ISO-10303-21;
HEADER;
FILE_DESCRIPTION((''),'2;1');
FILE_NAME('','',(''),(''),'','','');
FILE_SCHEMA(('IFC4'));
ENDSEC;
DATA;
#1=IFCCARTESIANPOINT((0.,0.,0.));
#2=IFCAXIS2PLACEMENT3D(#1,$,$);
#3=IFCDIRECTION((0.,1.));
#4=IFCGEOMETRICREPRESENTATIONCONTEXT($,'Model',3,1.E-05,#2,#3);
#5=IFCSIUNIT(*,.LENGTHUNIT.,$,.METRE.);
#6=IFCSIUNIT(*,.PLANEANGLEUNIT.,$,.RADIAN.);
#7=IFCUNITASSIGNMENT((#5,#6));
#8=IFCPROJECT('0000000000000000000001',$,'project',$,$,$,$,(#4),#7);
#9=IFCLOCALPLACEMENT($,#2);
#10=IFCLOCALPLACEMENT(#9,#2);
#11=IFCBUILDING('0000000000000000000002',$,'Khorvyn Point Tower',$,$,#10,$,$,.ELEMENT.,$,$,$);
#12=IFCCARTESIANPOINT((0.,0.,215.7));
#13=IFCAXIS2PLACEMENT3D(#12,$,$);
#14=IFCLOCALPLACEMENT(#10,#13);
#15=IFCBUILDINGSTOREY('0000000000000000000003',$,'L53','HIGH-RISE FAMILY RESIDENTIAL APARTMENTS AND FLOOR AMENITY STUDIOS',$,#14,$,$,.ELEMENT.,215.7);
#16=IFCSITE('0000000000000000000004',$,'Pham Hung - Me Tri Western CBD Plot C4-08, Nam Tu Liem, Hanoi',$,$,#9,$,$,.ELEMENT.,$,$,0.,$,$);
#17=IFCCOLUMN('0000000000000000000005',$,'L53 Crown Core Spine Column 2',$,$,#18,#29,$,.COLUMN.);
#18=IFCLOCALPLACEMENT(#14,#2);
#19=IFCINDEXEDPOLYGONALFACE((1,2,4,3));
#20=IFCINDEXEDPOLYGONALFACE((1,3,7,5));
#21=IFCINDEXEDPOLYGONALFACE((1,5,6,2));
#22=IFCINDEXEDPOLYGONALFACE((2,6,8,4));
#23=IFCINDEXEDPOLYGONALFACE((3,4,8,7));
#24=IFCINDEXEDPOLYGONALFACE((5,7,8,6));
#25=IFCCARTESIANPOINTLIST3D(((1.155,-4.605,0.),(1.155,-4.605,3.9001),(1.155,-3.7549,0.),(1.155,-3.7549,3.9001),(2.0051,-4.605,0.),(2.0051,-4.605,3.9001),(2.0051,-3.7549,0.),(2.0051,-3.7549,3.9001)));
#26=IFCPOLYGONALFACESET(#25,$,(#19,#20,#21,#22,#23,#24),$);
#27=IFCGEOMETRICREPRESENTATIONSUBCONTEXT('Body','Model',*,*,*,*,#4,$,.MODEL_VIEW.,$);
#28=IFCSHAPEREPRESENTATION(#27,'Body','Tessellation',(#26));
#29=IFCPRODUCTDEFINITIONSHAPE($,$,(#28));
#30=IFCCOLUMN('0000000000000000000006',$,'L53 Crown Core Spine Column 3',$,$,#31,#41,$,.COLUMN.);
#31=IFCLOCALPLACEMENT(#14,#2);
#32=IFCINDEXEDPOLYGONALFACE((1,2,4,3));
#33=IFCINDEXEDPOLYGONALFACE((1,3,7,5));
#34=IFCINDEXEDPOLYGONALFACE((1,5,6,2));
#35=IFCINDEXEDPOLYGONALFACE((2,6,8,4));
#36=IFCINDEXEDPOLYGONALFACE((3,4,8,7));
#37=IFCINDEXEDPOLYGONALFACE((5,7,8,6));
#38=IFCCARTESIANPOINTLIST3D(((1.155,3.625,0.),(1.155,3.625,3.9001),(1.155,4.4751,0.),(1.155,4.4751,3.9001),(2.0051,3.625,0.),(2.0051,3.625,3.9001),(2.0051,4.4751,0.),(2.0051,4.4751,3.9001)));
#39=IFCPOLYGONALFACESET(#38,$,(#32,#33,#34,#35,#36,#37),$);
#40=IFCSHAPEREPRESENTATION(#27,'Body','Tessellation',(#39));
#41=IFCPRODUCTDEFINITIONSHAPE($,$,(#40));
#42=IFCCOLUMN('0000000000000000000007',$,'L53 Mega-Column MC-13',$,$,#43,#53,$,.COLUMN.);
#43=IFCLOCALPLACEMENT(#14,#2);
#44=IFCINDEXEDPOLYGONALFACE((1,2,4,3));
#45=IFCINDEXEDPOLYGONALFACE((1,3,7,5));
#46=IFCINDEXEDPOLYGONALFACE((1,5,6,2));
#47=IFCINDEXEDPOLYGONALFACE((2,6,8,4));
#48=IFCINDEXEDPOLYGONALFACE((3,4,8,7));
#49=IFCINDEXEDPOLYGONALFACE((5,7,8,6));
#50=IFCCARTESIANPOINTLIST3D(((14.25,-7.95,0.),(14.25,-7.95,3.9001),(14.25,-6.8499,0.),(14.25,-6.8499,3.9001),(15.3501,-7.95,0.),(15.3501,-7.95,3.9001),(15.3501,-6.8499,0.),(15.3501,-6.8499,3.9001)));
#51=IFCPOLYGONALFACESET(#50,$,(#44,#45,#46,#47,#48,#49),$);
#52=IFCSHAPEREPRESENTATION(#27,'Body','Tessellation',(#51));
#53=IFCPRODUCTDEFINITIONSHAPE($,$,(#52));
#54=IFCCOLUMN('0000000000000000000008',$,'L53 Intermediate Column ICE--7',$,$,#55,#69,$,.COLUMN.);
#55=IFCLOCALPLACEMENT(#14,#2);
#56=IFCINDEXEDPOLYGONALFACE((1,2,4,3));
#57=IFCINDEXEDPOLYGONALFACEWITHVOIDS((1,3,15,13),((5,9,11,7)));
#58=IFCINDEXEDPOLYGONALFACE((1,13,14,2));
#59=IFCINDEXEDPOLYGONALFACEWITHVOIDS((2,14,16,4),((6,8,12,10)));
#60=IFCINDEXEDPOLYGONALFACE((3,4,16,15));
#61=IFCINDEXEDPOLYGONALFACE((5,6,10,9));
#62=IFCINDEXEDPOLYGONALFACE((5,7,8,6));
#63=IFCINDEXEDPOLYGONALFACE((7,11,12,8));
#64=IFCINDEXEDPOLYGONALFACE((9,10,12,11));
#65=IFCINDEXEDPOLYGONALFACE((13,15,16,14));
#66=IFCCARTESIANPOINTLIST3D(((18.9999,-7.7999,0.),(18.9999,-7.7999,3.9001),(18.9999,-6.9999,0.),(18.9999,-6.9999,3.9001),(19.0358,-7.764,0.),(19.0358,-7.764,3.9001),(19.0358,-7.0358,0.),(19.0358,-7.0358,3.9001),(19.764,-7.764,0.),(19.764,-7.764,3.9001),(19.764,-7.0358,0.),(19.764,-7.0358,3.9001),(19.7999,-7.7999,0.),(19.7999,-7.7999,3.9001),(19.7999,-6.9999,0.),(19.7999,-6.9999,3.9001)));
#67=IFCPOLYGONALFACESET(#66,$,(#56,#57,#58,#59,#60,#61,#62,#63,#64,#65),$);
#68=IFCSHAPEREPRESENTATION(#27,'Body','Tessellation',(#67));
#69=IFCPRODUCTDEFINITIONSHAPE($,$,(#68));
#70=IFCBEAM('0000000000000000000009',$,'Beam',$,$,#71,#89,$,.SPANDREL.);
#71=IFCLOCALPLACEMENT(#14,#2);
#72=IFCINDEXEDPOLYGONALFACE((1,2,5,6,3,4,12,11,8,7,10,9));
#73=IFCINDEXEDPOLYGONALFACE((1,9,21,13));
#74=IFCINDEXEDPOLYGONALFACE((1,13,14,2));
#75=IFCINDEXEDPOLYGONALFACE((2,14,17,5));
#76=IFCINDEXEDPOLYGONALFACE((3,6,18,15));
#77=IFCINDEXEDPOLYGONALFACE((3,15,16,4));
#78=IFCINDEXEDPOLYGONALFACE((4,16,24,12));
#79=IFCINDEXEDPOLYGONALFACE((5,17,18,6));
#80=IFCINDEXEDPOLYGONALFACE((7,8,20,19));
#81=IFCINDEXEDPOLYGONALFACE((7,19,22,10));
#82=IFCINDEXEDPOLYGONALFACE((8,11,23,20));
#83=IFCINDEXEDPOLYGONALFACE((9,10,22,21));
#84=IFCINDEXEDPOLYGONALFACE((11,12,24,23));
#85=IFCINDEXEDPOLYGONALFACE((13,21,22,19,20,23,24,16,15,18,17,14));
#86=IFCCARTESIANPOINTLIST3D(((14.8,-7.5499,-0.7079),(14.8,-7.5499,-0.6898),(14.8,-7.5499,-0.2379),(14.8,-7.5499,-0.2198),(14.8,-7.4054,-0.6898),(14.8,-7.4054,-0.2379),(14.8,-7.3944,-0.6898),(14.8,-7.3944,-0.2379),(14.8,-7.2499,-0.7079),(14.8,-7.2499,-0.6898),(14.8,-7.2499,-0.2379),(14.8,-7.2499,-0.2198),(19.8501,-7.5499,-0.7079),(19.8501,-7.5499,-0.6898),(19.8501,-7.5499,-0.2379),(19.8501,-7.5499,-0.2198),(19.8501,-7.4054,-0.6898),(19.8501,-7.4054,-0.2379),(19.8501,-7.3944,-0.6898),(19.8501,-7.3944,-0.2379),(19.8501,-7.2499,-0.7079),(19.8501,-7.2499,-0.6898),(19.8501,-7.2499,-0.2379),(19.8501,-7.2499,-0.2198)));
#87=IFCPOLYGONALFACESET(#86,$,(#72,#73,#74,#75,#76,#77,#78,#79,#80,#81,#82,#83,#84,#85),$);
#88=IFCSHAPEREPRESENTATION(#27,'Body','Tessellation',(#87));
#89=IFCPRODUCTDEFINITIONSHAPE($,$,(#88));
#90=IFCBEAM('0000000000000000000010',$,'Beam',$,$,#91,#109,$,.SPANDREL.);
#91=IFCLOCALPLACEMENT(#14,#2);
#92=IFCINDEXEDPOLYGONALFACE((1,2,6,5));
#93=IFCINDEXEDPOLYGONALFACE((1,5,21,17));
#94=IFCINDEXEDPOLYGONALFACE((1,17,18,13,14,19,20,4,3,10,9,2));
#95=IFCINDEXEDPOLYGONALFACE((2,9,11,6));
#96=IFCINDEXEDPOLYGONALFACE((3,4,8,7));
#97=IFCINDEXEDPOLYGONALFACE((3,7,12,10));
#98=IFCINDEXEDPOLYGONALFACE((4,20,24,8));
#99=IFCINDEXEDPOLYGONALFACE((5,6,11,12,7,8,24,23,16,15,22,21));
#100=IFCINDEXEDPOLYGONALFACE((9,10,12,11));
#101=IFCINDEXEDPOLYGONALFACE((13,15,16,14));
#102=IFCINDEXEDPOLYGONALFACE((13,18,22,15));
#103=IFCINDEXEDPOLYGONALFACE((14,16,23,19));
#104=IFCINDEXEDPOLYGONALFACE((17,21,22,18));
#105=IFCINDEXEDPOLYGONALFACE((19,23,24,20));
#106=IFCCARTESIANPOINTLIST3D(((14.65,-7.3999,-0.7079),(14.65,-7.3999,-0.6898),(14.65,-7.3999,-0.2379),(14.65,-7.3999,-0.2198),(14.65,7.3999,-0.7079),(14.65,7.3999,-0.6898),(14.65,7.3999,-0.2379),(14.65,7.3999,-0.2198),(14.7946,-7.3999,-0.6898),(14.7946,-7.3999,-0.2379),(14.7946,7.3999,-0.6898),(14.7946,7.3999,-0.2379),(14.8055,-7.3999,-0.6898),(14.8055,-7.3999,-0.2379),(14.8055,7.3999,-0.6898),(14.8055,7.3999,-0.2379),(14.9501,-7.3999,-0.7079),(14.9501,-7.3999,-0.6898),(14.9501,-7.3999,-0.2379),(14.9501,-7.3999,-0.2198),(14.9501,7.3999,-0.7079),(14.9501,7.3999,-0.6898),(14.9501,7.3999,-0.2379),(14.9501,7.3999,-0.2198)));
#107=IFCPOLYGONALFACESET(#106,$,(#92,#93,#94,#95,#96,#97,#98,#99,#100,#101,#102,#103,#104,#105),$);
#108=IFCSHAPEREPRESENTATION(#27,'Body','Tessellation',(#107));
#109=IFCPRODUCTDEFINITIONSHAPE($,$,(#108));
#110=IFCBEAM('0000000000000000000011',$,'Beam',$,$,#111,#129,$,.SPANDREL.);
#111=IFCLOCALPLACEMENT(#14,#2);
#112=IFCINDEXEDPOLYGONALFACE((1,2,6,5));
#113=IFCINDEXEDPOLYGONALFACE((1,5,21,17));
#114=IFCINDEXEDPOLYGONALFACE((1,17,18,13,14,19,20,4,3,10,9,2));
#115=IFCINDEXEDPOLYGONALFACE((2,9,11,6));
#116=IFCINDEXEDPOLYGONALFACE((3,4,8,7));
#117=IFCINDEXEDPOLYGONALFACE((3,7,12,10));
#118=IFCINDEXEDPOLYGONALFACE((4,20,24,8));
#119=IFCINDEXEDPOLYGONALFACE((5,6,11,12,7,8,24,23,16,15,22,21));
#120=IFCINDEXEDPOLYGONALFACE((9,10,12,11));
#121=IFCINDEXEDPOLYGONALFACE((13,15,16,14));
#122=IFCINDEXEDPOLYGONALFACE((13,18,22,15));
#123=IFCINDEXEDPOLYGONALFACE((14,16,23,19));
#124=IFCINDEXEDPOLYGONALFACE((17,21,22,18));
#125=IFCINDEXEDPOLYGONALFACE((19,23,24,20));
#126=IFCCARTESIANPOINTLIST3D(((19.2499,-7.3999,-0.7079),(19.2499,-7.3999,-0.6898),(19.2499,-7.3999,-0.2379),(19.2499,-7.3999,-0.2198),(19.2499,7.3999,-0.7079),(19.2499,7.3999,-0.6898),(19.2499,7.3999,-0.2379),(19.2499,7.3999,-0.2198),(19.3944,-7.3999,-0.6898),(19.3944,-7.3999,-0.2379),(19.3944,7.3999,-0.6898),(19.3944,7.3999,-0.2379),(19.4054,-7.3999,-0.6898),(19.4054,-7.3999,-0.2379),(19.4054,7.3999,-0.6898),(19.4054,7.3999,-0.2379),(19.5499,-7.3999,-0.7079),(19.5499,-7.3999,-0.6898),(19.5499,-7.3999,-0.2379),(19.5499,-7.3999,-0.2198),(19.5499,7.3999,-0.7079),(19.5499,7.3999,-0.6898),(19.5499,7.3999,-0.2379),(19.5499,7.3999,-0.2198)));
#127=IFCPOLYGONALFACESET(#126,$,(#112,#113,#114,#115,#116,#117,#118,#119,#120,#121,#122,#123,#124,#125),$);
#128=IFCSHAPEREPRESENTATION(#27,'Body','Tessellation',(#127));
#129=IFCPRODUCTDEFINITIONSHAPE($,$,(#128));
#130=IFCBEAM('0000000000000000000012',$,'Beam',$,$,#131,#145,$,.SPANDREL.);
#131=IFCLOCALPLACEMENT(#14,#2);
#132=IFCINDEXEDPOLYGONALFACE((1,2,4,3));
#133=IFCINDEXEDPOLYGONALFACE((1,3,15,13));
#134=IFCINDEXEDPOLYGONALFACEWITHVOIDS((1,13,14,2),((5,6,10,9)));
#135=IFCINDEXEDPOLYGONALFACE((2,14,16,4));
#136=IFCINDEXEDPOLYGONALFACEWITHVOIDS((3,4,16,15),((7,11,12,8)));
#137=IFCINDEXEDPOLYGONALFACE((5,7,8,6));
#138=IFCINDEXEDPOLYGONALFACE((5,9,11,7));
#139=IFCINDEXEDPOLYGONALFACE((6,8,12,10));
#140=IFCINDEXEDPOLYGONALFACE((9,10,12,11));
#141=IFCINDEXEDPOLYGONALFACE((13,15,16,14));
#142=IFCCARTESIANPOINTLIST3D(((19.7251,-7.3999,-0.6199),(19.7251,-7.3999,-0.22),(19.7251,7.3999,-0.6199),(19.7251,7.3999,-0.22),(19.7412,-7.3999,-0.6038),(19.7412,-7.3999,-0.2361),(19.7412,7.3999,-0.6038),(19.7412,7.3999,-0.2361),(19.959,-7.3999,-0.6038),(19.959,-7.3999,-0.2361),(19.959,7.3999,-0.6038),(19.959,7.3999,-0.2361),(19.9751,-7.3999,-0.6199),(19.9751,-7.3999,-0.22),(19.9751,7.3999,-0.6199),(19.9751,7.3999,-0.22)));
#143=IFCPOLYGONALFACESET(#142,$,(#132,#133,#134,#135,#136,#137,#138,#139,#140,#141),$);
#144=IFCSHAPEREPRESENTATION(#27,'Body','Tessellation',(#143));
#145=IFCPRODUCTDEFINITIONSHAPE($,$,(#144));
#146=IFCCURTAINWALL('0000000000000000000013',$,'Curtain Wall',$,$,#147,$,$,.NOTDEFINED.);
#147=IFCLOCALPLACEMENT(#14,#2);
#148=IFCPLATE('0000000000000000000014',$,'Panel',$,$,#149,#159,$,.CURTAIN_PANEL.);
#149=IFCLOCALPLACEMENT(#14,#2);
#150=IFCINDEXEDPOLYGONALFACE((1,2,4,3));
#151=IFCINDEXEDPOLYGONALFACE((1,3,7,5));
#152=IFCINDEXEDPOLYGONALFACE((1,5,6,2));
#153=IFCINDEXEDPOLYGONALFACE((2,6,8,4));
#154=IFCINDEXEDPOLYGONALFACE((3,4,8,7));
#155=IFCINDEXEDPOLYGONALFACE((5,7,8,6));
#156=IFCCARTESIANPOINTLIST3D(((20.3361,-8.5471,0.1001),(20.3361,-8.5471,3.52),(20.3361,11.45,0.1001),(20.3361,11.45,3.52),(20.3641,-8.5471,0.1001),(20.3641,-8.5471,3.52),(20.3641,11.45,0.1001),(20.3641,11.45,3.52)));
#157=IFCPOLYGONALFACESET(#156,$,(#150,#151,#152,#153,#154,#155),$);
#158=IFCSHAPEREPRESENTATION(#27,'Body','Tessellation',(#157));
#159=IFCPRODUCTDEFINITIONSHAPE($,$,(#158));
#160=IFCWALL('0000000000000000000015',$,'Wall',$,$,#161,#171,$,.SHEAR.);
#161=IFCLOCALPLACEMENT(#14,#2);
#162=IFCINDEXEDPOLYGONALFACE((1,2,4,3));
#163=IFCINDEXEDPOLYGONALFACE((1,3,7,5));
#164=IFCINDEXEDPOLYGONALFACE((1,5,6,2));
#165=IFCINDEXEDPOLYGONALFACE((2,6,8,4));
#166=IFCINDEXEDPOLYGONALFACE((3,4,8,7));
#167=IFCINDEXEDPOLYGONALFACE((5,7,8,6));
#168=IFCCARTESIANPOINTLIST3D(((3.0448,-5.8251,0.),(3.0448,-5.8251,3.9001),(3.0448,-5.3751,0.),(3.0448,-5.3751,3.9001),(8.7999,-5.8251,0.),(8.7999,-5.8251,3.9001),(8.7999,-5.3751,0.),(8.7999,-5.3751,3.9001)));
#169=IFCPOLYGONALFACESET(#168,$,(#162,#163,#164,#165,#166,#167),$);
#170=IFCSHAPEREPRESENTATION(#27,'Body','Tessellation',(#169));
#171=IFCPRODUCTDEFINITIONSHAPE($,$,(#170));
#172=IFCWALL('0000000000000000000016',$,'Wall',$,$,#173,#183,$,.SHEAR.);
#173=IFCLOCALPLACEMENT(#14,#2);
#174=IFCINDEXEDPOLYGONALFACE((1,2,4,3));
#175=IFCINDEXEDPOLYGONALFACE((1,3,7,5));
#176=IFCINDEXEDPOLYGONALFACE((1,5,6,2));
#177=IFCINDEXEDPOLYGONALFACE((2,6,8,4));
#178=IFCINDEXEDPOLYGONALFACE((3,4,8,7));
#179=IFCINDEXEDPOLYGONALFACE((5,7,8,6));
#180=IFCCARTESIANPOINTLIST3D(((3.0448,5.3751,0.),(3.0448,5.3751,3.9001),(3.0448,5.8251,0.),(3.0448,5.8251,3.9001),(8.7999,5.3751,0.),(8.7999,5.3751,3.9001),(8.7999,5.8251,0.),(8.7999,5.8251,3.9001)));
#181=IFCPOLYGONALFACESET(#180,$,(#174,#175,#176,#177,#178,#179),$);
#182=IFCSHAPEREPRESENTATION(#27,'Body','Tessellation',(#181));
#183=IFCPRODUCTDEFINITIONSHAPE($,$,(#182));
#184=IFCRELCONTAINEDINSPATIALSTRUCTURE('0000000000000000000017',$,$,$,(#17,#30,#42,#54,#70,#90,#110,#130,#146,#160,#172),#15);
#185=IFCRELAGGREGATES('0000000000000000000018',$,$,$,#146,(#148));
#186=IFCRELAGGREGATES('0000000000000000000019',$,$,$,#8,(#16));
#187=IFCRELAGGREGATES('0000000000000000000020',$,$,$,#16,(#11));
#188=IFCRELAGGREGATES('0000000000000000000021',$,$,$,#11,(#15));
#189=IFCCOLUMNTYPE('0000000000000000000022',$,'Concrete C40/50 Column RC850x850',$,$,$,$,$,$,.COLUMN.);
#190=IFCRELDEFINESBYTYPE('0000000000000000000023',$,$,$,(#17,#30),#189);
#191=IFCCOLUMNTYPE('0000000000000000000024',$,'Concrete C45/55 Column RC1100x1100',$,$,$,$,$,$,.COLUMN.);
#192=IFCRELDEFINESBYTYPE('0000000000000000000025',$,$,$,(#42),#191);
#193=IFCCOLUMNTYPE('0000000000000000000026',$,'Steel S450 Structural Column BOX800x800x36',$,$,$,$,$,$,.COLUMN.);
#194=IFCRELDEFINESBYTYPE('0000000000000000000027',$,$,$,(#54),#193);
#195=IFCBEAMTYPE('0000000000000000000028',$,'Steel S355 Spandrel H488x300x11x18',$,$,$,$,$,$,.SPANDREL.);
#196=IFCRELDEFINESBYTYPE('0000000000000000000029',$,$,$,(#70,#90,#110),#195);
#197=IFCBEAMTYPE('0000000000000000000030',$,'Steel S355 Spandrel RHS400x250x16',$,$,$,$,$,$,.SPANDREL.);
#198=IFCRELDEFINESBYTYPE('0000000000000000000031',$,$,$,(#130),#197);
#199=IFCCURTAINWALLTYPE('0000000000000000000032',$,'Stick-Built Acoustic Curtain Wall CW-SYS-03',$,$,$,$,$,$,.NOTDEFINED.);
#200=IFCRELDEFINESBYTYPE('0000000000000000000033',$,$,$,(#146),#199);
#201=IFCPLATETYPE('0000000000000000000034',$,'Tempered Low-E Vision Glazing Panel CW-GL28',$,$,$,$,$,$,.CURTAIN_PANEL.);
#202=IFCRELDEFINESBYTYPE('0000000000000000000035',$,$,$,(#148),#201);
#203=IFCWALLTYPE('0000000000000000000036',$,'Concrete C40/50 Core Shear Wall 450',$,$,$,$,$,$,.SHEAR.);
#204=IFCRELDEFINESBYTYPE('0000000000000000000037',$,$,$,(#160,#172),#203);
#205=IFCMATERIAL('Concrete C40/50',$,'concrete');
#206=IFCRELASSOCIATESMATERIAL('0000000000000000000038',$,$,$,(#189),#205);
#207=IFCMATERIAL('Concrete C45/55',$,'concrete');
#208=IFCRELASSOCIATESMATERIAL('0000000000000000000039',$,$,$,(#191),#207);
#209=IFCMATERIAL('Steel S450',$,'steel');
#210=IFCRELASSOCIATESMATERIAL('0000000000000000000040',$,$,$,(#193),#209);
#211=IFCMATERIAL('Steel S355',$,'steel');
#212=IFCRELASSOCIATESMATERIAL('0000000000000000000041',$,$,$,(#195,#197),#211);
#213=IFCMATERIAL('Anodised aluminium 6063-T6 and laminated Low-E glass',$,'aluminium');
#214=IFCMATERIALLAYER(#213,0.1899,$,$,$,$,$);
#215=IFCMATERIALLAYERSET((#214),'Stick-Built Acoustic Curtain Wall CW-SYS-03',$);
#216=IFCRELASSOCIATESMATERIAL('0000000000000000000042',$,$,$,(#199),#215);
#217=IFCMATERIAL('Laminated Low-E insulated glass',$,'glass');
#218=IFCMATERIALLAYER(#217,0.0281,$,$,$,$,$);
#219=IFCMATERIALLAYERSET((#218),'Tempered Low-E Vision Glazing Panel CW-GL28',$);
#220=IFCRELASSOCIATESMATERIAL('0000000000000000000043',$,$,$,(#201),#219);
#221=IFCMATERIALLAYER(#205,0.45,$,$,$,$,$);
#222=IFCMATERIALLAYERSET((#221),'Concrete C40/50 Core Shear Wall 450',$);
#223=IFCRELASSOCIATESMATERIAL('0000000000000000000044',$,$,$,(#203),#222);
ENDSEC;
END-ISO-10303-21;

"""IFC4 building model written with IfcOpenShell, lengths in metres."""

from ifc_helpers import new_model, si_unit, direction, frame, frame_2d, origin, origin_2d, place, context, subcontext, project, spatial, rectangle, hollow_rectangle, i_section, extrude, material, layer, layer_set, material_profile, profile_set, type_object, element, aggregate, save


model = new_model("IFC4")

# Units and contexts
model_context = context("Model", 3, precision=1e-05, world=origin(), true_north=direction((0.0, 1.0)))
body_context = subcontext(model_context, "Body", "Model", "MODEL_VIEW")
ifc_project = project(units=[si_unit("LENGTHUNIT", "METRE"), si_unit("PLANEANGLEUNIT", "RADIAN")], contexts=[model_context])

# Site, building, storey
site_placement = place(None, origin())
site = spatial("IfcSite", under=ifc_project, at=site_placement, Name="Pham Hung - Me Tri Western CBD Plot C4-08, Nam Tu Liem, Hanoi", CompositionType="ELEMENT", RefElevation=0.0)
building_placement = place(site_placement, origin())
building = spatial("IfcBuilding", under=site, at=building_placement, Name="Khorvyn Point Tower", CompositionType="ELEMENT")
storey_placement = place(building_placement, frame((0.0, 0.0, 215.7)))
storey = spatial("IfcBuildingStorey", under=building, at=storey_placement, Name="L53", Description="HIGH-RISE FAMILY RESIDENTIAL APARTMENTS AND FLOOR AMENITY STUDIOS", CompositionType="ELEMENT", Elevation=215.7)

# Columns
ifc_material_1 = material(Name="Concrete C40/50", Category="concrete")
ifc_material_profile_1 = material_profile(ifc_material_1, rectangle(XDim=0.8501, YDim=0.8501, at=origin_2d()))
ifc_profile_set_1 = profile_set([ifc_material_profile_1], Name="Concrete C40/50 RC850x850")
column_type_1 = type_object("IfcColumnType", Name="Concrete C40/50 Column RC850x850", PredefinedType="COLUMN", material=ifc_profile_set_1)
for number, where, z_axis, x_axis, name in (
    (1, (1.5801, -4.1799, 0.0), (0.0, 0.0, 1.0), (1.0, 0.0, 0.0), "L53 Crown Core Spine Column 2"),
    (2, (1.5801, 4.05, 0.0), (0.0, 0.0, 1.0), (1.0, 0.0, 0.0), "L53 Crown Core Spine Column 3"),
):
    element("IfcColumn", number, at=place(storey_placement, frame(where, z_axis=z_axis, x_axis=x_axis)), inside=storey, type_object=column_type_1, Name=name, PredefinedType="COLUMN", context=body_context, shape_type="SweptSolid", body=[
        extrude(rectangle(XDim=0.8501, YDim=0.8501, at=origin_2d()), origin(), (0.0, 0.0, 1.0), 3.9001),
    ])
ifc_material_2 = material(Name="Concrete C45/55", Category="concrete")
ifc_material_profile_2 = material_profile(ifc_material_2, rectangle(XDim=1.1001, YDim=1.1001, at=origin_2d()))
ifc_profile_set_2 = profile_set([ifc_material_profile_2], Name="Concrete C45/55 RC1100x1100")
column_type_2 = type_object("IfcColumnType", Name="Concrete C45/55 Column RC1100x1100", PredefinedType="COLUMN", material=ifc_profile_set_2)
column_1_placement = place(storey_placement, frame((14.8, -7.3999, 0.0), z_axis=(0.0, 0.0, 1.0), x_axis=(1.0, 0.0, 0.0)))
element("IfcColumn", 3, at=column_1_placement, inside=storey, type_object=column_type_2, Name="L53 Mega-Column MC-13", PredefinedType="COLUMN", context=body_context, shape_type="SweptSolid", body=[
    extrude(rectangle(XDim=1.1001, YDim=1.1001, at=origin_2d()), origin(), (0.0, 0.0, 1.0), 3.9001),
])
ifc_material_3 = material(Name="Steel S450", Category="steel")
ifc_material_profile_3 = material_profile(ifc_material_3, hollow_rectangle(XDim=0.8, YDim=0.8, WallThickness=0.0359, at=origin_2d()))
ifc_profile_set_3 = profile_set([ifc_material_profile_3], Name="Steel S450 BOX800x800x36")
column_type_3 = type_object("IfcColumnType", Name="Steel S450 Structural Column BOX800x800x36", PredefinedType="COLUMN", material=ifc_profile_set_3)
column_2_placement = place(storey_placement, frame((19.3999, -7.3999, 0.0), z_axis=(0.0, 0.0, 1.0), x_axis=(1.0, 0.0, 0.0)))
element("IfcColumn", 4, at=column_2_placement, inside=storey, type_object=column_type_3, Name="L53 Intermediate Column ICE--7", PredefinedType="COLUMN", context=body_context, shape_type="SweptSolid", body=[
    extrude(hollow_rectangle(XDim=0.8, YDim=0.8, WallThickness=0.0359, at=origin_2d()), origin(), (0.0, 0.0, 1.0), 3.9001),
])

# Beams
ifc_material_4 = material(Name="Steel S355", Category="steel")
ifc_material_profile_4 = material_profile(ifc_material_4, i_section(OverallWidth=0.3, OverallDepth=0.488, WebThickness=0.011, FlangeThickness=0.0181, at=origin_2d()))
ifc_profile_set_4 = profile_set([ifc_material_profile_4], Name="Steel S355 H488x300x11x18")
beam_type_1 = type_object("IfcBeamType", Name="Steel S355 Spandrel H488x300x11x18", PredefinedType="SPANDREL", material=ifc_profile_set_4)
beam_1_placement = place(storey_placement, frame((14.8, -7.3999, -0.4639), z_axis=(1.0, 0.0, 0.0), x_axis=(0.0, 1.0, 0.0)))
element("IfcBeam", 5, at=beam_1_placement, inside=storey, type_object=beam_type_1, Name="Beam", PredefinedType="SPANDREL", context=body_context, shape_type="SweptSolid", body=[
    extrude(i_section(OverallWidth=0.3, OverallDepth=0.488, WebThickness=0.011, FlangeThickness=0.0181, at=origin_2d()), origin(), (0.0, 0.0, 1.0), 5.05),
])
for number, where, z_axis, x_axis, name in (
    (6, (14.8, -7.3999, -0.4639), (0.0, 1.0, 0.0), (-1.0, 0.0, 0.0), "Beam"),
    (7, (19.3999, -7.3999, -0.4639), (0.0, 1.0, 0.0), (-1.0, 0.0, 0.0), "Beam"),
):
    element("IfcBeam", number, at=place(storey_placement, frame(where, z_axis=z_axis, x_axis=x_axis)), inside=storey, type_object=beam_type_1, Name=name, PredefinedType="SPANDREL", context=body_context, shape_type="SweptSolid", body=[
        extrude(i_section(OverallWidth=0.3, OverallDepth=0.488, WebThickness=0.011, FlangeThickness=0.0181, at=origin_2d()), origin(), (0.0, 0.0, 1.0), 14.7998),
    ])
ifc_material_profile_5 = material_profile(ifc_material_4, hollow_rectangle(XDim=0.25, YDim=0.3999, WallThickness=0.0161, at=origin_2d()))
ifc_profile_set_5 = profile_set([ifc_material_profile_5], Name="Steel S355 RHS400x250x16")
beam_type_2 = type_object("IfcBeamType", Name="Steel S355 Spandrel RHS400x250x16", PredefinedType="SPANDREL", material=ifc_profile_set_5)
beam_2_placement = place(storey_placement, frame((19.8501, -7.3999, -0.4199), z_axis=(0.0, 1.0, 0.0), x_axis=(-1.0, 0.0, 0.0)))
element("IfcBeam", 8, at=beam_2_placement, inside=storey, type_object=beam_type_2, Name="Beam", PredefinedType="SPANDREL", context=body_context, shape_type="SweptSolid", body=[
    extrude(hollow_rectangle(XDim=0.25, YDim=0.3999, WallThickness=0.0161, at=origin_2d()), origin(), (0.0, 0.0, 1.0), 14.7998),
])

# Curtain wall, plate
ifc_material_5 = material(Name="Anodised aluminium 6063-T6 and laminated Low-E glass", Category="aluminium")
ifc_layer_1 = layer(ifc_material_5, 0.1899)
ifc_layer_set_1 = layer_set([ifc_layer_1], Name="Stick-Built Acoustic Curtain Wall CW-SYS-03")
curtain_wall_type = type_object("IfcCurtainWallType", Name="Stick-Built Acoustic Curtain Wall CW-SYS-03", PredefinedType="NOTDEFINED", material=ifc_layer_set_1)
curtain_wall_placement = place(storey_placement, origin())
curtain_wall = element("IfcCurtainWall", 9, at=curtain_wall_placement, inside=storey, type_object=curtain_wall_type, Name="Curtain Wall", PredefinedType="NOTDEFINED")
ifc_material_6 = material(Name="Laminated Low-E insulated glass", Category="glass")
ifc_layer_2 = layer(ifc_material_6, 0.0281)
ifc_layer_set_2 = layer_set([ifc_layer_2], Name="Tempered Low-E Vision Glazing Panel CW-GL28")
plate_type = type_object("IfcPlateType", Name="Tempered Low-E Vision Glazing Panel CW-GL28", PredefinedType="CURTAIN_PANEL", material=ifc_layer_set_2)
plate_placement = place(storey_placement, frame((20.3501, 1.4514, 0.1001), z_axis=(0.0, 0.0, 1.0), x_axis=(0.0, -1.0, 0.0)))
plate = element("IfcPlate", 10, at=plate_placement, type_object=plate_type, Name="Panel", PredefinedType="CURTAIN_PANEL", context=body_context, shape_type="SweptSolid", body=[
    extrude(rectangle(XDim=19.9971, YDim=0.0281, at=origin_2d()), origin(), (0.0, 0.0, 1.0), 3.4199),
])
aggregate(curtain_wall, [plate])

# Walls
ifc_layer_3 = layer(ifc_material_1, 0.45)
ifc_layer_set_3 = layer_set([ifc_layer_3], Name="Concrete C40/50 Core Shear Wall 450")
wall_type_1 = type_object("IfcWallType", Name="Concrete C40/50 Core Shear Wall 450", PredefinedType="SHEAR", material=ifc_layer_set_3)
for number, where, z_axis, x_axis, name in (
    (11, (3.0449, -5.6001, 0.0), (0.0, 0.0, 1.0), (1.0, 0.0, 0.0), "Wall"),
    (12, (3.0449, 5.6001, 0.0), (0.0, 0.0, 1.0), (1.0, 0.0, 0.0), "Wall"),
):
    element("IfcWall", number, at=place(storey_placement, frame(where, z_axis=z_axis, x_axis=x_axis)), inside=storey, type_object=wall_type_1, Name=name, PredefinedType="SHEAR", context=body_context, shape_type="SweptSolid", body=[
        extrude(rectangle(XDim=5.7551, YDim=0.45, at=frame_2d((2.8774, 0.0))), origin(), (0.0, 0.0, 1.0), 3.9001),
    ])

save(model, "model.ifc")
